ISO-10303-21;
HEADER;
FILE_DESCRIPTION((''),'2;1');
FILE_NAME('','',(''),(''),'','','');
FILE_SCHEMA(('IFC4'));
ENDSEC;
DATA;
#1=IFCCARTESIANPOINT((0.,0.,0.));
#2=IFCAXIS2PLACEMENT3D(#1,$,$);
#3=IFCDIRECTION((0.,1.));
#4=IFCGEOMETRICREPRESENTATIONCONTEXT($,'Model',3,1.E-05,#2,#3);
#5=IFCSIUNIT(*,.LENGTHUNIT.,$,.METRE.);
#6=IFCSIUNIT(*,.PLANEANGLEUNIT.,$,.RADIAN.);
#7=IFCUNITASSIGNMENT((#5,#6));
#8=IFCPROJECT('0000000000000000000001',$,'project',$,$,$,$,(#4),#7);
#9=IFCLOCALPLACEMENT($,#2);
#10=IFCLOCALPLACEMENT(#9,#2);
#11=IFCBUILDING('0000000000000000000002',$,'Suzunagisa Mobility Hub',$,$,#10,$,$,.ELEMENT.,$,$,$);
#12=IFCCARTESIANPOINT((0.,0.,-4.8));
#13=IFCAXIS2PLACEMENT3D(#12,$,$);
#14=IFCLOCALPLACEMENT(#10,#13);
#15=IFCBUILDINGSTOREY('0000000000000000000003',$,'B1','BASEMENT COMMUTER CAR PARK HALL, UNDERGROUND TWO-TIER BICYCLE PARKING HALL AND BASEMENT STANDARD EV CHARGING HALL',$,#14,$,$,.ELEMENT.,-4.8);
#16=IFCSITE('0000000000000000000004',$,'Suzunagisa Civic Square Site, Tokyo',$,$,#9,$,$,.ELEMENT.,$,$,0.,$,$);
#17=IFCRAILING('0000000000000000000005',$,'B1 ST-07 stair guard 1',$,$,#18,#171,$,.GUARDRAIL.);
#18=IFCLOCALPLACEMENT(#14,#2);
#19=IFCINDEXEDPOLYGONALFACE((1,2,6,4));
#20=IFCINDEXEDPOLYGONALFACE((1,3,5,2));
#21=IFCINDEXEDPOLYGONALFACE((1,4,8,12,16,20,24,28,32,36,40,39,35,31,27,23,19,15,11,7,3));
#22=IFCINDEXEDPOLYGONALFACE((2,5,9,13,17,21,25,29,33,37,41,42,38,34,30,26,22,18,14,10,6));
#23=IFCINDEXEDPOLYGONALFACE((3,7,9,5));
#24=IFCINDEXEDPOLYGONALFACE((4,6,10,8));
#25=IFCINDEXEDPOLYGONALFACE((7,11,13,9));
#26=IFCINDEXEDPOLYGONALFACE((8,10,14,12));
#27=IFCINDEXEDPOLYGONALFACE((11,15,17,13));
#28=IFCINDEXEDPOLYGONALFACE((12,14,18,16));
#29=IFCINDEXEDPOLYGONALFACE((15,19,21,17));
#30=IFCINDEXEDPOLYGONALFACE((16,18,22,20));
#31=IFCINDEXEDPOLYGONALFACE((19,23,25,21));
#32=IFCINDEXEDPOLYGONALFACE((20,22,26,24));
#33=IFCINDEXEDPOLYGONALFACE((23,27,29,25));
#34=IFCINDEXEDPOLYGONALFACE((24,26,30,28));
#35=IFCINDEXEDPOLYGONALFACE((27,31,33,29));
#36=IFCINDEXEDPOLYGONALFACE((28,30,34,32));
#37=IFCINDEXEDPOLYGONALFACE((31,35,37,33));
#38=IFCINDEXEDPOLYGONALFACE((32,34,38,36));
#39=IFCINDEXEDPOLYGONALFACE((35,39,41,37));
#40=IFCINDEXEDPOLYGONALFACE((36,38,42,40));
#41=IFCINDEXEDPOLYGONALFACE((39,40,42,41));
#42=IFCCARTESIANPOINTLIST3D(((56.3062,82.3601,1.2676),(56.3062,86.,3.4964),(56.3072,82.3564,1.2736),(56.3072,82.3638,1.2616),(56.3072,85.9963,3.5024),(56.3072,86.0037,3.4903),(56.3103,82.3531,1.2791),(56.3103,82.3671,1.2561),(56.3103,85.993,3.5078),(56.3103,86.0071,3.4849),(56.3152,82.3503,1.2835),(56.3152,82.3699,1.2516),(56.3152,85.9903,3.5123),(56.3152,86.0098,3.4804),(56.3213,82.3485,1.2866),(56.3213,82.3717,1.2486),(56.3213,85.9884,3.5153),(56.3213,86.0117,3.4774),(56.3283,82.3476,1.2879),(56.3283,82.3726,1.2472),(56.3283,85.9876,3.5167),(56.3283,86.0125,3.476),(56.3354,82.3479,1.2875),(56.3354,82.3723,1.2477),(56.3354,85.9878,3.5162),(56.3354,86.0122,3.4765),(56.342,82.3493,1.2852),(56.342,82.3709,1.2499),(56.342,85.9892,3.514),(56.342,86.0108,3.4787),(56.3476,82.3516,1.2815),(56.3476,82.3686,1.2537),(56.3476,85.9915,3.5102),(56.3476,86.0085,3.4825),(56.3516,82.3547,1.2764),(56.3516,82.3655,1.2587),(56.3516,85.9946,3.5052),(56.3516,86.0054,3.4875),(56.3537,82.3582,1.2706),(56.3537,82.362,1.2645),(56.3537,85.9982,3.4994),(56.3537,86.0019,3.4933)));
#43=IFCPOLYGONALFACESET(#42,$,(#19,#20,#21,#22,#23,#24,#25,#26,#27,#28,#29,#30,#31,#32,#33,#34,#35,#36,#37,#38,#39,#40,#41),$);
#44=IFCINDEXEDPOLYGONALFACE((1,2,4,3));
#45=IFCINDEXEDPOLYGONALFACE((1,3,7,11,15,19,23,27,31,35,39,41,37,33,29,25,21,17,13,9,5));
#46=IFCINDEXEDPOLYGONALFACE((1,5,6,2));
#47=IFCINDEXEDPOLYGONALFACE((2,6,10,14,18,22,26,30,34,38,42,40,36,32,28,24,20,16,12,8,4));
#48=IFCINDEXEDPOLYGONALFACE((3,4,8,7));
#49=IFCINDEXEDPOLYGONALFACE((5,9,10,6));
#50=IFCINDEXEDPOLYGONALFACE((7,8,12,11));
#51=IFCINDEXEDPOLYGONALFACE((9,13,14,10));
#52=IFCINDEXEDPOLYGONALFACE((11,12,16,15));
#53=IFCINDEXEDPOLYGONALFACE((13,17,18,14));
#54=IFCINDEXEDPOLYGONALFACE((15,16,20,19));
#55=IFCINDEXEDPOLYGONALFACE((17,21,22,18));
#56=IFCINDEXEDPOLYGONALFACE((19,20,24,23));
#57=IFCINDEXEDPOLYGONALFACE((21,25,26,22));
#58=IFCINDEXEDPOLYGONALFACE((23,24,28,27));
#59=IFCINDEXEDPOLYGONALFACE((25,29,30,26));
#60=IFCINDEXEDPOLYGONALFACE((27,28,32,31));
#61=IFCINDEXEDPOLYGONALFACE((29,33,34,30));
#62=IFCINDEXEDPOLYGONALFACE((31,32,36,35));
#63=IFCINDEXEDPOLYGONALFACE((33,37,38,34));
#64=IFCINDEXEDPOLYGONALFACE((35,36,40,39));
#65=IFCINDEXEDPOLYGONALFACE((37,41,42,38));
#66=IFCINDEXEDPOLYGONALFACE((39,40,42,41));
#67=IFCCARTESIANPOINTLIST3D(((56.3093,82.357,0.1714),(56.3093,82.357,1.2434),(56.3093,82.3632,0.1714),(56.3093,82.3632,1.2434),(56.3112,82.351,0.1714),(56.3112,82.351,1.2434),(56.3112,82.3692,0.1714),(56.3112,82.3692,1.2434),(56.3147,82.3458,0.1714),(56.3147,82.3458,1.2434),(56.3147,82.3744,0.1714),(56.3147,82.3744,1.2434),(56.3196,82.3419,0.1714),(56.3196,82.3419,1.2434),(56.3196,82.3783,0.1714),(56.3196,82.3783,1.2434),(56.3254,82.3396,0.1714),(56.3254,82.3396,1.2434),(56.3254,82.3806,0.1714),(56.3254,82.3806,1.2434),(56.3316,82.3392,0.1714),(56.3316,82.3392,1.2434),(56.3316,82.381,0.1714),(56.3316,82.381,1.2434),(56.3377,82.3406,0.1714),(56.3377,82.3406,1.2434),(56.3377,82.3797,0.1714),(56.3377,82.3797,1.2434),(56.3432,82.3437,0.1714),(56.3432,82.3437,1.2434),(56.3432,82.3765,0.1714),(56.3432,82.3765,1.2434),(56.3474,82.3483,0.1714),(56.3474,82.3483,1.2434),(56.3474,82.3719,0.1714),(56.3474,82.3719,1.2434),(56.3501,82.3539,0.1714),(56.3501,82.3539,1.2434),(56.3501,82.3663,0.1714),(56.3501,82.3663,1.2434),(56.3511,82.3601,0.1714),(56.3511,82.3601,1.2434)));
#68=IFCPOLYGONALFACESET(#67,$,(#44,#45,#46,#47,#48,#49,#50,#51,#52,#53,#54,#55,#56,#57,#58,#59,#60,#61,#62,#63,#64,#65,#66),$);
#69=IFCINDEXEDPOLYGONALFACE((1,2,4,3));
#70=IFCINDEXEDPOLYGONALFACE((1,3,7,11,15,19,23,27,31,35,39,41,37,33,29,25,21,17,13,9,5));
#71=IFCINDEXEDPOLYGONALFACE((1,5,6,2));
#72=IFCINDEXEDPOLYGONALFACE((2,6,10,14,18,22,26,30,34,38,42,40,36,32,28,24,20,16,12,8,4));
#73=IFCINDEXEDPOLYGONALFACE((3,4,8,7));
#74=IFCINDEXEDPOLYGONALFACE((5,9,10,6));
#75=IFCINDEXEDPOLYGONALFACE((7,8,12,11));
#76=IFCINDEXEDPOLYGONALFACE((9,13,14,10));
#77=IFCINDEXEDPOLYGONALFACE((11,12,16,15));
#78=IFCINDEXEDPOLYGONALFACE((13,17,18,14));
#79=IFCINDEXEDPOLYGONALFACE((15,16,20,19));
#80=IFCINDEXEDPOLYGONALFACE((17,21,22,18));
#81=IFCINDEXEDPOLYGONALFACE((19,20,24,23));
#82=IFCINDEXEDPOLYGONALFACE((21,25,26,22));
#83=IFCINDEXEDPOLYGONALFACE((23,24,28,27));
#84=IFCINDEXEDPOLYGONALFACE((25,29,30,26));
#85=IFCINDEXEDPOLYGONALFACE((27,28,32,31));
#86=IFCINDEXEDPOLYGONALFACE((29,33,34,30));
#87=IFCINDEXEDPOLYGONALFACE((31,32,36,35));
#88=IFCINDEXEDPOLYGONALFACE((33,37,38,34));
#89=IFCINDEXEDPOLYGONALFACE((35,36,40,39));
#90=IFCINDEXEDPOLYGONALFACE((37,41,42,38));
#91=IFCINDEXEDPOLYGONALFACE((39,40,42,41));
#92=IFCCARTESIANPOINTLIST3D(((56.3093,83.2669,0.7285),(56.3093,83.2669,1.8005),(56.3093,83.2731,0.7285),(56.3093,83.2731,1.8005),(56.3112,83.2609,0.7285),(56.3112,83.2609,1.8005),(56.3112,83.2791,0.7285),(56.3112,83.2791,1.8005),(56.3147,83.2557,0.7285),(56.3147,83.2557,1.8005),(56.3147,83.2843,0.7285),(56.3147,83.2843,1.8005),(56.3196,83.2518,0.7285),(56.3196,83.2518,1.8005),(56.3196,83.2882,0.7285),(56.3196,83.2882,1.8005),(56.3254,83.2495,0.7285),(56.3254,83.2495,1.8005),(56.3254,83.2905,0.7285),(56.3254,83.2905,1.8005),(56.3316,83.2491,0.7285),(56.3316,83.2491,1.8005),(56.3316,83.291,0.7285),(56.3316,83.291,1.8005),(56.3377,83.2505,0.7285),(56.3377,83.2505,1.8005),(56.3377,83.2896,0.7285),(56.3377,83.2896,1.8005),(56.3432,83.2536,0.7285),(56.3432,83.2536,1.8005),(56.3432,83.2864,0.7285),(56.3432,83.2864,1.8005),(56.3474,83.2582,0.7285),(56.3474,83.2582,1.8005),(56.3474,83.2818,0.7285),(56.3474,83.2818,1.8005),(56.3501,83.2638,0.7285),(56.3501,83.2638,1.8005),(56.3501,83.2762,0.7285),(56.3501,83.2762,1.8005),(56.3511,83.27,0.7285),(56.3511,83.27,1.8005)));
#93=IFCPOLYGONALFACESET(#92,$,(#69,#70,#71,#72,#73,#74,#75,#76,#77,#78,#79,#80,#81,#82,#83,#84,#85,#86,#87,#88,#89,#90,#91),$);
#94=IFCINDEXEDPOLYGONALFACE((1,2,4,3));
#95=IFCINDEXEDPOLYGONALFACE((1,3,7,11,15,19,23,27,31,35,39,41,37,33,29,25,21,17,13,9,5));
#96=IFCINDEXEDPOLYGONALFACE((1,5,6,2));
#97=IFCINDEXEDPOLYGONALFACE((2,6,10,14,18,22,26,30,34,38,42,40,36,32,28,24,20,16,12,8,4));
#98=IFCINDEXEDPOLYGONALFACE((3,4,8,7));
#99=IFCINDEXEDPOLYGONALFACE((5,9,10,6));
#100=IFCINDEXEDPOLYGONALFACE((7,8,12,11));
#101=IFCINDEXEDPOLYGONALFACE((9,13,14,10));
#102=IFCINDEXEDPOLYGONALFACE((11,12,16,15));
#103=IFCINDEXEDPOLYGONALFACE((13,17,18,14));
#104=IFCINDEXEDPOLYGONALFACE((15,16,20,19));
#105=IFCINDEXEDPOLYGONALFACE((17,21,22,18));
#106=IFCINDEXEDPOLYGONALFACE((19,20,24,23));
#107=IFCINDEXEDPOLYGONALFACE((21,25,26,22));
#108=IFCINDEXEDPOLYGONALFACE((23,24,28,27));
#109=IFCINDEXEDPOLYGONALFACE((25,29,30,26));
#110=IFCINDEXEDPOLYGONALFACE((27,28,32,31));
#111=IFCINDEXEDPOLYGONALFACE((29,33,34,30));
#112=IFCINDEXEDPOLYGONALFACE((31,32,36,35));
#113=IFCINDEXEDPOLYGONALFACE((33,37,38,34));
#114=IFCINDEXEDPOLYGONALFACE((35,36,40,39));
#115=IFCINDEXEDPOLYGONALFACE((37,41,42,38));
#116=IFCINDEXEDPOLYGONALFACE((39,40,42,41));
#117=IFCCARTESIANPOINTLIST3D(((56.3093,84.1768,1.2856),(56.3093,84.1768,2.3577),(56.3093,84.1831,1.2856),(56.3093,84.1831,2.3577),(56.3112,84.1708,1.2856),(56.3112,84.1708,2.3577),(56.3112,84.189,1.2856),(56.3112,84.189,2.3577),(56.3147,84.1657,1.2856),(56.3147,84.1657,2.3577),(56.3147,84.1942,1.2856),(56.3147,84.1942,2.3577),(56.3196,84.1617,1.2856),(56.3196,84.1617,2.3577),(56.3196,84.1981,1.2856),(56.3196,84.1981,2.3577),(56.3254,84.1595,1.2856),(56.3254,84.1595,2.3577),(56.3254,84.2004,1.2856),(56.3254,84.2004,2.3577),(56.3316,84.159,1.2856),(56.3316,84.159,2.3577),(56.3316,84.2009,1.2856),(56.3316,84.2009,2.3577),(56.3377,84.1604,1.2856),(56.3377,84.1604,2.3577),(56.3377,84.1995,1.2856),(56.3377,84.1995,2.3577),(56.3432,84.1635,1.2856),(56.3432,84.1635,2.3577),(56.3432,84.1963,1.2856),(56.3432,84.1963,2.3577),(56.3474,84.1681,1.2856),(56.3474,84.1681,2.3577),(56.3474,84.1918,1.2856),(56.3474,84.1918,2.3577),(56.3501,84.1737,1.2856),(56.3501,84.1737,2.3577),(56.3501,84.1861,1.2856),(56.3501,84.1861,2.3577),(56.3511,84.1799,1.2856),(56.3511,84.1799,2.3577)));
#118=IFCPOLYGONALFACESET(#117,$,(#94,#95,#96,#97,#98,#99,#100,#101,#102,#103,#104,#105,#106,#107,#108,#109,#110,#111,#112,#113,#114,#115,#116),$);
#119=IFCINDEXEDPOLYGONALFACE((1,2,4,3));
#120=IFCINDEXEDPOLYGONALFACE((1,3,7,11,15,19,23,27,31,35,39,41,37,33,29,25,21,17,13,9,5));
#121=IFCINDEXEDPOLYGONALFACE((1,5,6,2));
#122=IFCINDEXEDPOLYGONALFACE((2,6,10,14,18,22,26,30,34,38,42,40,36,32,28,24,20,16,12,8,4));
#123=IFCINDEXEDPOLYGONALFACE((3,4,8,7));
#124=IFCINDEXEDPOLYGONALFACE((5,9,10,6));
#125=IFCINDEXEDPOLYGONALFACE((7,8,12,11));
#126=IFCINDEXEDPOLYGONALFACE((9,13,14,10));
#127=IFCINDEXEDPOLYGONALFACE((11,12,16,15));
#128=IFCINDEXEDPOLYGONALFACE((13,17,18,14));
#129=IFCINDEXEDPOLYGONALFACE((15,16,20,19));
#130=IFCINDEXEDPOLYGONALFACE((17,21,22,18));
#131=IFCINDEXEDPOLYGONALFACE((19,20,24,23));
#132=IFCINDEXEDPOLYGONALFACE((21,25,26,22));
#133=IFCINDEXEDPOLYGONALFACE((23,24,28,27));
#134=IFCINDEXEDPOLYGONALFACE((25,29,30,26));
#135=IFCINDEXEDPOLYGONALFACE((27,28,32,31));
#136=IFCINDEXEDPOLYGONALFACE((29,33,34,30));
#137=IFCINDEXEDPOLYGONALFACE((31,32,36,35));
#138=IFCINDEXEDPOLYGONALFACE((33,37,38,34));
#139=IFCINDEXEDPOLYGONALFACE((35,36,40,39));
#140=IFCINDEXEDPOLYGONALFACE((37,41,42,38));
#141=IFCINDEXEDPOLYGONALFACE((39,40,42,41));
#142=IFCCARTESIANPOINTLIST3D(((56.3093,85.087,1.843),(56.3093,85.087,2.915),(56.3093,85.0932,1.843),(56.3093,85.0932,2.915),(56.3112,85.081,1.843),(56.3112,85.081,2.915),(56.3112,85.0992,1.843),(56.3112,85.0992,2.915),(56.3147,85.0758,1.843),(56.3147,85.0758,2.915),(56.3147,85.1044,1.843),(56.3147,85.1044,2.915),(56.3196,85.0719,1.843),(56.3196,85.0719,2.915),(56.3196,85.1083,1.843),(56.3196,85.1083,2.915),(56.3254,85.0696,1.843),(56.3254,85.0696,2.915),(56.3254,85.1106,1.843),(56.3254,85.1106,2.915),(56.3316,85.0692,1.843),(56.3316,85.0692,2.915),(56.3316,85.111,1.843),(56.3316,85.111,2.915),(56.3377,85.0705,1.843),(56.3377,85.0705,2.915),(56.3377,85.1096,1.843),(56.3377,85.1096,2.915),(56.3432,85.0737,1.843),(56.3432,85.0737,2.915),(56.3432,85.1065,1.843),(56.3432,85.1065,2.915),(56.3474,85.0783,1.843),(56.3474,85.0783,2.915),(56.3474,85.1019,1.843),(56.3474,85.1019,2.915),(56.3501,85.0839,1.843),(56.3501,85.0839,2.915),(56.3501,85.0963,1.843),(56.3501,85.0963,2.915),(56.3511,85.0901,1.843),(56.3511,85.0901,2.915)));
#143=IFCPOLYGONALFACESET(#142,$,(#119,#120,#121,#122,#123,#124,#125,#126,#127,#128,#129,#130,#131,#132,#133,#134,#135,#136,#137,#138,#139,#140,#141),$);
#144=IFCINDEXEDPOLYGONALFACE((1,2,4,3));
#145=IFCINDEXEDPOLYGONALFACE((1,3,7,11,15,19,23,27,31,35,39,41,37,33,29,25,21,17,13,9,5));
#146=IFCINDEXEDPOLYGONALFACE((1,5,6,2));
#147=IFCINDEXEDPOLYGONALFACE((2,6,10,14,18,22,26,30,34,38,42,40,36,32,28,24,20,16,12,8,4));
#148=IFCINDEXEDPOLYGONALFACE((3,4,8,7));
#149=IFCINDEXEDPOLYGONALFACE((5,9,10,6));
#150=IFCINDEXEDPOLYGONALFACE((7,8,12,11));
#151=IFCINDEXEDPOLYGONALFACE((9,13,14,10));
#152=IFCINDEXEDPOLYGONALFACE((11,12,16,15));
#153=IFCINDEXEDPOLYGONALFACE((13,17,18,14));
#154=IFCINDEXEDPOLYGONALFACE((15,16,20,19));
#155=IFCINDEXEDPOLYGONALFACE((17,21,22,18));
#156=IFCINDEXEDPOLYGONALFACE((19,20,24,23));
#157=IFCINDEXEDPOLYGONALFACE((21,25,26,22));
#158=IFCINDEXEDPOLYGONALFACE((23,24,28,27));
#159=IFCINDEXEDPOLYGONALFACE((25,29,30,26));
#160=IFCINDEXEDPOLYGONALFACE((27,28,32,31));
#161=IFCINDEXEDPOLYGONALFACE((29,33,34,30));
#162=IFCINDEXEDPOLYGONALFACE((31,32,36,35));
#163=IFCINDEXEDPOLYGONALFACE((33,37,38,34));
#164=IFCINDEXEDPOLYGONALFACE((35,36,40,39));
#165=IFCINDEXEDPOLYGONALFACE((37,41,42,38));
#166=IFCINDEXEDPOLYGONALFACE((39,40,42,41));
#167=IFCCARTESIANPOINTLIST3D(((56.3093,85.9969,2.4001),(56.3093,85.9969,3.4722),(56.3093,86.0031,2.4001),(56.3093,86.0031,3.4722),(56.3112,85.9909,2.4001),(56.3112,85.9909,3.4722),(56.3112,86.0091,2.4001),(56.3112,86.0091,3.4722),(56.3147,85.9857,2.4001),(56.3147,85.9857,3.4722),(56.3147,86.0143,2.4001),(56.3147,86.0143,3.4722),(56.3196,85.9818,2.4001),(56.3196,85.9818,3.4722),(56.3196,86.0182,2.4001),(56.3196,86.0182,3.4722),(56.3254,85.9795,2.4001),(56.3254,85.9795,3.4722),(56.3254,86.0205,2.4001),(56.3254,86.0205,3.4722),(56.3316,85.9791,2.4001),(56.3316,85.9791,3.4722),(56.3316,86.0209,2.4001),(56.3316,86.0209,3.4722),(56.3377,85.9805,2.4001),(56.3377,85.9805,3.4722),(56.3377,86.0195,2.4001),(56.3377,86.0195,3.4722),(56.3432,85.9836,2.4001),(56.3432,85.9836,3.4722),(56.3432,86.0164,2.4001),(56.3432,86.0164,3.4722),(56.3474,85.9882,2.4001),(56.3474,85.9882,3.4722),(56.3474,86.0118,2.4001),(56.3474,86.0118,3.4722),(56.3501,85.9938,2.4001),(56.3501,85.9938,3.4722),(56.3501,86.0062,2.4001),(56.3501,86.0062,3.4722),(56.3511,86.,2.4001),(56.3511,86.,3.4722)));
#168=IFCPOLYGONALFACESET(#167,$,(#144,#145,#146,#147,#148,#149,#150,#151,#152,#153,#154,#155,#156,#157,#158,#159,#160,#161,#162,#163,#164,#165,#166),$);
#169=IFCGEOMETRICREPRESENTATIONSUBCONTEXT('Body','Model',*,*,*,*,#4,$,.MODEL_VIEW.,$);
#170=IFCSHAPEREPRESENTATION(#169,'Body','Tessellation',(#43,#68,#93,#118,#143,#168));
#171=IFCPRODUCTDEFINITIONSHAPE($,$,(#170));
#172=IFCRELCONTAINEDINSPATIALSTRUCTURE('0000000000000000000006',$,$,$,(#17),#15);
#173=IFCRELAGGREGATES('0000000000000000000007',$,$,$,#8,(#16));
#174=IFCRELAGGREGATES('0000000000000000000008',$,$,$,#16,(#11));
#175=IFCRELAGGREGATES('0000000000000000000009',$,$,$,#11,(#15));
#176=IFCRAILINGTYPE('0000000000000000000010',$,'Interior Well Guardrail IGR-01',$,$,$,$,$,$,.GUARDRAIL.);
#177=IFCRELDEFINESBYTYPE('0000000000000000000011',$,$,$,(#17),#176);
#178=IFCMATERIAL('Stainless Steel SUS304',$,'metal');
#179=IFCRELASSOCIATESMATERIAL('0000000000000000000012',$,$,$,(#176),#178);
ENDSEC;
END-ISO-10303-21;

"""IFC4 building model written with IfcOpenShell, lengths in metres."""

from ifc_helpers import new_model, si_unit, direction, frame, origin, origin_2d, place, context, subcontext, project, spatial, circle, extrude, material, type_object, element, save


model = new_model("IFC4")

# Units and contexts
model_context = context("Model", 3, precision=1e-05, world=origin(), true_north=direction((0.0, 1.0)))
body_context = subcontext(model_context, "Body", "Model", "MODEL_VIEW")
ifc_project = project(units=[si_unit("LENGTHUNIT", "METRE"), si_unit("PLANEANGLEUNIT", "RADIAN")], contexts=[model_context])

# Site, building, storey
site_placement = place(None, origin())
site = spatial("IfcSite", under=ifc_project, at=site_placement, Name="Suzunagisa Civic Square Site, Tokyo", CompositionType="ELEMENT", RefElevation=0.0)
building_placement = place(site_placement, origin())
building = spatial("IfcBuilding", under=site, at=building_placement, Name="Suzunagisa Mobility Hub", CompositionType="ELEMENT")
storey_placement = place(building_placement, frame((0.0, 0.0, -4.8)))
storey = spatial("IfcBuildingStorey", under=building, at=storey_placement, Name="B1", Description="BASEMENT COMMUTER CAR PARK HALL, UNDERGROUND TWO-TIER BICYCLE PARKING HALL AND BASEMENT STANDARD EV CHARGING HALL", CompositionType="ELEMENT", Elevation=-4.8)

# Railing
ifc_material_1 = material(Name="Stainless Steel SUS304", Category="metal")
railing_type_1 = type_object("IfcRailingType", Name="Interior Well Guardrail IGR-01", PredefinedType="GUARDRAIL", material=ifc_material_1)
railing_1_placement = place(storey_placement, frame((56.3301, 82.3601, 0.1714)))
element("IfcRailing", 1, at=railing_1_placement, inside=storey, type_object=railing_type_1, Name="B1 ST-07 stair guard 1", PredefinedType="GUARDRAIL", context=body_context, shape_type="SweptSolid", body=[
    extrude(circle(Radius=0.0239, at=origin_2d()), frame((0.0, 0.0, 1.0962), z_axis=(0.0, 0.852825, 0.522197), x_axis=(-1.0, 0.0, 0.0)), (0.0, 0.0, 1.0), 4.2681),
    extrude(circle(Radius=0.021, at=origin_2d()), origin(), (0.0, 0.0, 1.0), 1.072),
    extrude(circle(Radius=0.021, at=origin_2d()), frame((0.0, 0.9099, 0.5571)), (0.0, 0.0, 1.0), 1.072),
    extrude(circle(Radius=0.021, at=origin_2d()), frame((0.0, 1.8198, 1.1143)), (0.0, 0.0, 1.0), 1.072),
    extrude(circle(Radius=0.021, at=origin_2d()), frame((0.0, 2.73, 1.6716)), (0.0, 0.0, 1.0), 1.072),
    extrude(circle(Radius=0.021, at=origin_2d()), frame((0.0, 3.6399, 2.2288)), (0.0, 0.0, 1.0), 1.072),
])

save(model, "model.ifc")
